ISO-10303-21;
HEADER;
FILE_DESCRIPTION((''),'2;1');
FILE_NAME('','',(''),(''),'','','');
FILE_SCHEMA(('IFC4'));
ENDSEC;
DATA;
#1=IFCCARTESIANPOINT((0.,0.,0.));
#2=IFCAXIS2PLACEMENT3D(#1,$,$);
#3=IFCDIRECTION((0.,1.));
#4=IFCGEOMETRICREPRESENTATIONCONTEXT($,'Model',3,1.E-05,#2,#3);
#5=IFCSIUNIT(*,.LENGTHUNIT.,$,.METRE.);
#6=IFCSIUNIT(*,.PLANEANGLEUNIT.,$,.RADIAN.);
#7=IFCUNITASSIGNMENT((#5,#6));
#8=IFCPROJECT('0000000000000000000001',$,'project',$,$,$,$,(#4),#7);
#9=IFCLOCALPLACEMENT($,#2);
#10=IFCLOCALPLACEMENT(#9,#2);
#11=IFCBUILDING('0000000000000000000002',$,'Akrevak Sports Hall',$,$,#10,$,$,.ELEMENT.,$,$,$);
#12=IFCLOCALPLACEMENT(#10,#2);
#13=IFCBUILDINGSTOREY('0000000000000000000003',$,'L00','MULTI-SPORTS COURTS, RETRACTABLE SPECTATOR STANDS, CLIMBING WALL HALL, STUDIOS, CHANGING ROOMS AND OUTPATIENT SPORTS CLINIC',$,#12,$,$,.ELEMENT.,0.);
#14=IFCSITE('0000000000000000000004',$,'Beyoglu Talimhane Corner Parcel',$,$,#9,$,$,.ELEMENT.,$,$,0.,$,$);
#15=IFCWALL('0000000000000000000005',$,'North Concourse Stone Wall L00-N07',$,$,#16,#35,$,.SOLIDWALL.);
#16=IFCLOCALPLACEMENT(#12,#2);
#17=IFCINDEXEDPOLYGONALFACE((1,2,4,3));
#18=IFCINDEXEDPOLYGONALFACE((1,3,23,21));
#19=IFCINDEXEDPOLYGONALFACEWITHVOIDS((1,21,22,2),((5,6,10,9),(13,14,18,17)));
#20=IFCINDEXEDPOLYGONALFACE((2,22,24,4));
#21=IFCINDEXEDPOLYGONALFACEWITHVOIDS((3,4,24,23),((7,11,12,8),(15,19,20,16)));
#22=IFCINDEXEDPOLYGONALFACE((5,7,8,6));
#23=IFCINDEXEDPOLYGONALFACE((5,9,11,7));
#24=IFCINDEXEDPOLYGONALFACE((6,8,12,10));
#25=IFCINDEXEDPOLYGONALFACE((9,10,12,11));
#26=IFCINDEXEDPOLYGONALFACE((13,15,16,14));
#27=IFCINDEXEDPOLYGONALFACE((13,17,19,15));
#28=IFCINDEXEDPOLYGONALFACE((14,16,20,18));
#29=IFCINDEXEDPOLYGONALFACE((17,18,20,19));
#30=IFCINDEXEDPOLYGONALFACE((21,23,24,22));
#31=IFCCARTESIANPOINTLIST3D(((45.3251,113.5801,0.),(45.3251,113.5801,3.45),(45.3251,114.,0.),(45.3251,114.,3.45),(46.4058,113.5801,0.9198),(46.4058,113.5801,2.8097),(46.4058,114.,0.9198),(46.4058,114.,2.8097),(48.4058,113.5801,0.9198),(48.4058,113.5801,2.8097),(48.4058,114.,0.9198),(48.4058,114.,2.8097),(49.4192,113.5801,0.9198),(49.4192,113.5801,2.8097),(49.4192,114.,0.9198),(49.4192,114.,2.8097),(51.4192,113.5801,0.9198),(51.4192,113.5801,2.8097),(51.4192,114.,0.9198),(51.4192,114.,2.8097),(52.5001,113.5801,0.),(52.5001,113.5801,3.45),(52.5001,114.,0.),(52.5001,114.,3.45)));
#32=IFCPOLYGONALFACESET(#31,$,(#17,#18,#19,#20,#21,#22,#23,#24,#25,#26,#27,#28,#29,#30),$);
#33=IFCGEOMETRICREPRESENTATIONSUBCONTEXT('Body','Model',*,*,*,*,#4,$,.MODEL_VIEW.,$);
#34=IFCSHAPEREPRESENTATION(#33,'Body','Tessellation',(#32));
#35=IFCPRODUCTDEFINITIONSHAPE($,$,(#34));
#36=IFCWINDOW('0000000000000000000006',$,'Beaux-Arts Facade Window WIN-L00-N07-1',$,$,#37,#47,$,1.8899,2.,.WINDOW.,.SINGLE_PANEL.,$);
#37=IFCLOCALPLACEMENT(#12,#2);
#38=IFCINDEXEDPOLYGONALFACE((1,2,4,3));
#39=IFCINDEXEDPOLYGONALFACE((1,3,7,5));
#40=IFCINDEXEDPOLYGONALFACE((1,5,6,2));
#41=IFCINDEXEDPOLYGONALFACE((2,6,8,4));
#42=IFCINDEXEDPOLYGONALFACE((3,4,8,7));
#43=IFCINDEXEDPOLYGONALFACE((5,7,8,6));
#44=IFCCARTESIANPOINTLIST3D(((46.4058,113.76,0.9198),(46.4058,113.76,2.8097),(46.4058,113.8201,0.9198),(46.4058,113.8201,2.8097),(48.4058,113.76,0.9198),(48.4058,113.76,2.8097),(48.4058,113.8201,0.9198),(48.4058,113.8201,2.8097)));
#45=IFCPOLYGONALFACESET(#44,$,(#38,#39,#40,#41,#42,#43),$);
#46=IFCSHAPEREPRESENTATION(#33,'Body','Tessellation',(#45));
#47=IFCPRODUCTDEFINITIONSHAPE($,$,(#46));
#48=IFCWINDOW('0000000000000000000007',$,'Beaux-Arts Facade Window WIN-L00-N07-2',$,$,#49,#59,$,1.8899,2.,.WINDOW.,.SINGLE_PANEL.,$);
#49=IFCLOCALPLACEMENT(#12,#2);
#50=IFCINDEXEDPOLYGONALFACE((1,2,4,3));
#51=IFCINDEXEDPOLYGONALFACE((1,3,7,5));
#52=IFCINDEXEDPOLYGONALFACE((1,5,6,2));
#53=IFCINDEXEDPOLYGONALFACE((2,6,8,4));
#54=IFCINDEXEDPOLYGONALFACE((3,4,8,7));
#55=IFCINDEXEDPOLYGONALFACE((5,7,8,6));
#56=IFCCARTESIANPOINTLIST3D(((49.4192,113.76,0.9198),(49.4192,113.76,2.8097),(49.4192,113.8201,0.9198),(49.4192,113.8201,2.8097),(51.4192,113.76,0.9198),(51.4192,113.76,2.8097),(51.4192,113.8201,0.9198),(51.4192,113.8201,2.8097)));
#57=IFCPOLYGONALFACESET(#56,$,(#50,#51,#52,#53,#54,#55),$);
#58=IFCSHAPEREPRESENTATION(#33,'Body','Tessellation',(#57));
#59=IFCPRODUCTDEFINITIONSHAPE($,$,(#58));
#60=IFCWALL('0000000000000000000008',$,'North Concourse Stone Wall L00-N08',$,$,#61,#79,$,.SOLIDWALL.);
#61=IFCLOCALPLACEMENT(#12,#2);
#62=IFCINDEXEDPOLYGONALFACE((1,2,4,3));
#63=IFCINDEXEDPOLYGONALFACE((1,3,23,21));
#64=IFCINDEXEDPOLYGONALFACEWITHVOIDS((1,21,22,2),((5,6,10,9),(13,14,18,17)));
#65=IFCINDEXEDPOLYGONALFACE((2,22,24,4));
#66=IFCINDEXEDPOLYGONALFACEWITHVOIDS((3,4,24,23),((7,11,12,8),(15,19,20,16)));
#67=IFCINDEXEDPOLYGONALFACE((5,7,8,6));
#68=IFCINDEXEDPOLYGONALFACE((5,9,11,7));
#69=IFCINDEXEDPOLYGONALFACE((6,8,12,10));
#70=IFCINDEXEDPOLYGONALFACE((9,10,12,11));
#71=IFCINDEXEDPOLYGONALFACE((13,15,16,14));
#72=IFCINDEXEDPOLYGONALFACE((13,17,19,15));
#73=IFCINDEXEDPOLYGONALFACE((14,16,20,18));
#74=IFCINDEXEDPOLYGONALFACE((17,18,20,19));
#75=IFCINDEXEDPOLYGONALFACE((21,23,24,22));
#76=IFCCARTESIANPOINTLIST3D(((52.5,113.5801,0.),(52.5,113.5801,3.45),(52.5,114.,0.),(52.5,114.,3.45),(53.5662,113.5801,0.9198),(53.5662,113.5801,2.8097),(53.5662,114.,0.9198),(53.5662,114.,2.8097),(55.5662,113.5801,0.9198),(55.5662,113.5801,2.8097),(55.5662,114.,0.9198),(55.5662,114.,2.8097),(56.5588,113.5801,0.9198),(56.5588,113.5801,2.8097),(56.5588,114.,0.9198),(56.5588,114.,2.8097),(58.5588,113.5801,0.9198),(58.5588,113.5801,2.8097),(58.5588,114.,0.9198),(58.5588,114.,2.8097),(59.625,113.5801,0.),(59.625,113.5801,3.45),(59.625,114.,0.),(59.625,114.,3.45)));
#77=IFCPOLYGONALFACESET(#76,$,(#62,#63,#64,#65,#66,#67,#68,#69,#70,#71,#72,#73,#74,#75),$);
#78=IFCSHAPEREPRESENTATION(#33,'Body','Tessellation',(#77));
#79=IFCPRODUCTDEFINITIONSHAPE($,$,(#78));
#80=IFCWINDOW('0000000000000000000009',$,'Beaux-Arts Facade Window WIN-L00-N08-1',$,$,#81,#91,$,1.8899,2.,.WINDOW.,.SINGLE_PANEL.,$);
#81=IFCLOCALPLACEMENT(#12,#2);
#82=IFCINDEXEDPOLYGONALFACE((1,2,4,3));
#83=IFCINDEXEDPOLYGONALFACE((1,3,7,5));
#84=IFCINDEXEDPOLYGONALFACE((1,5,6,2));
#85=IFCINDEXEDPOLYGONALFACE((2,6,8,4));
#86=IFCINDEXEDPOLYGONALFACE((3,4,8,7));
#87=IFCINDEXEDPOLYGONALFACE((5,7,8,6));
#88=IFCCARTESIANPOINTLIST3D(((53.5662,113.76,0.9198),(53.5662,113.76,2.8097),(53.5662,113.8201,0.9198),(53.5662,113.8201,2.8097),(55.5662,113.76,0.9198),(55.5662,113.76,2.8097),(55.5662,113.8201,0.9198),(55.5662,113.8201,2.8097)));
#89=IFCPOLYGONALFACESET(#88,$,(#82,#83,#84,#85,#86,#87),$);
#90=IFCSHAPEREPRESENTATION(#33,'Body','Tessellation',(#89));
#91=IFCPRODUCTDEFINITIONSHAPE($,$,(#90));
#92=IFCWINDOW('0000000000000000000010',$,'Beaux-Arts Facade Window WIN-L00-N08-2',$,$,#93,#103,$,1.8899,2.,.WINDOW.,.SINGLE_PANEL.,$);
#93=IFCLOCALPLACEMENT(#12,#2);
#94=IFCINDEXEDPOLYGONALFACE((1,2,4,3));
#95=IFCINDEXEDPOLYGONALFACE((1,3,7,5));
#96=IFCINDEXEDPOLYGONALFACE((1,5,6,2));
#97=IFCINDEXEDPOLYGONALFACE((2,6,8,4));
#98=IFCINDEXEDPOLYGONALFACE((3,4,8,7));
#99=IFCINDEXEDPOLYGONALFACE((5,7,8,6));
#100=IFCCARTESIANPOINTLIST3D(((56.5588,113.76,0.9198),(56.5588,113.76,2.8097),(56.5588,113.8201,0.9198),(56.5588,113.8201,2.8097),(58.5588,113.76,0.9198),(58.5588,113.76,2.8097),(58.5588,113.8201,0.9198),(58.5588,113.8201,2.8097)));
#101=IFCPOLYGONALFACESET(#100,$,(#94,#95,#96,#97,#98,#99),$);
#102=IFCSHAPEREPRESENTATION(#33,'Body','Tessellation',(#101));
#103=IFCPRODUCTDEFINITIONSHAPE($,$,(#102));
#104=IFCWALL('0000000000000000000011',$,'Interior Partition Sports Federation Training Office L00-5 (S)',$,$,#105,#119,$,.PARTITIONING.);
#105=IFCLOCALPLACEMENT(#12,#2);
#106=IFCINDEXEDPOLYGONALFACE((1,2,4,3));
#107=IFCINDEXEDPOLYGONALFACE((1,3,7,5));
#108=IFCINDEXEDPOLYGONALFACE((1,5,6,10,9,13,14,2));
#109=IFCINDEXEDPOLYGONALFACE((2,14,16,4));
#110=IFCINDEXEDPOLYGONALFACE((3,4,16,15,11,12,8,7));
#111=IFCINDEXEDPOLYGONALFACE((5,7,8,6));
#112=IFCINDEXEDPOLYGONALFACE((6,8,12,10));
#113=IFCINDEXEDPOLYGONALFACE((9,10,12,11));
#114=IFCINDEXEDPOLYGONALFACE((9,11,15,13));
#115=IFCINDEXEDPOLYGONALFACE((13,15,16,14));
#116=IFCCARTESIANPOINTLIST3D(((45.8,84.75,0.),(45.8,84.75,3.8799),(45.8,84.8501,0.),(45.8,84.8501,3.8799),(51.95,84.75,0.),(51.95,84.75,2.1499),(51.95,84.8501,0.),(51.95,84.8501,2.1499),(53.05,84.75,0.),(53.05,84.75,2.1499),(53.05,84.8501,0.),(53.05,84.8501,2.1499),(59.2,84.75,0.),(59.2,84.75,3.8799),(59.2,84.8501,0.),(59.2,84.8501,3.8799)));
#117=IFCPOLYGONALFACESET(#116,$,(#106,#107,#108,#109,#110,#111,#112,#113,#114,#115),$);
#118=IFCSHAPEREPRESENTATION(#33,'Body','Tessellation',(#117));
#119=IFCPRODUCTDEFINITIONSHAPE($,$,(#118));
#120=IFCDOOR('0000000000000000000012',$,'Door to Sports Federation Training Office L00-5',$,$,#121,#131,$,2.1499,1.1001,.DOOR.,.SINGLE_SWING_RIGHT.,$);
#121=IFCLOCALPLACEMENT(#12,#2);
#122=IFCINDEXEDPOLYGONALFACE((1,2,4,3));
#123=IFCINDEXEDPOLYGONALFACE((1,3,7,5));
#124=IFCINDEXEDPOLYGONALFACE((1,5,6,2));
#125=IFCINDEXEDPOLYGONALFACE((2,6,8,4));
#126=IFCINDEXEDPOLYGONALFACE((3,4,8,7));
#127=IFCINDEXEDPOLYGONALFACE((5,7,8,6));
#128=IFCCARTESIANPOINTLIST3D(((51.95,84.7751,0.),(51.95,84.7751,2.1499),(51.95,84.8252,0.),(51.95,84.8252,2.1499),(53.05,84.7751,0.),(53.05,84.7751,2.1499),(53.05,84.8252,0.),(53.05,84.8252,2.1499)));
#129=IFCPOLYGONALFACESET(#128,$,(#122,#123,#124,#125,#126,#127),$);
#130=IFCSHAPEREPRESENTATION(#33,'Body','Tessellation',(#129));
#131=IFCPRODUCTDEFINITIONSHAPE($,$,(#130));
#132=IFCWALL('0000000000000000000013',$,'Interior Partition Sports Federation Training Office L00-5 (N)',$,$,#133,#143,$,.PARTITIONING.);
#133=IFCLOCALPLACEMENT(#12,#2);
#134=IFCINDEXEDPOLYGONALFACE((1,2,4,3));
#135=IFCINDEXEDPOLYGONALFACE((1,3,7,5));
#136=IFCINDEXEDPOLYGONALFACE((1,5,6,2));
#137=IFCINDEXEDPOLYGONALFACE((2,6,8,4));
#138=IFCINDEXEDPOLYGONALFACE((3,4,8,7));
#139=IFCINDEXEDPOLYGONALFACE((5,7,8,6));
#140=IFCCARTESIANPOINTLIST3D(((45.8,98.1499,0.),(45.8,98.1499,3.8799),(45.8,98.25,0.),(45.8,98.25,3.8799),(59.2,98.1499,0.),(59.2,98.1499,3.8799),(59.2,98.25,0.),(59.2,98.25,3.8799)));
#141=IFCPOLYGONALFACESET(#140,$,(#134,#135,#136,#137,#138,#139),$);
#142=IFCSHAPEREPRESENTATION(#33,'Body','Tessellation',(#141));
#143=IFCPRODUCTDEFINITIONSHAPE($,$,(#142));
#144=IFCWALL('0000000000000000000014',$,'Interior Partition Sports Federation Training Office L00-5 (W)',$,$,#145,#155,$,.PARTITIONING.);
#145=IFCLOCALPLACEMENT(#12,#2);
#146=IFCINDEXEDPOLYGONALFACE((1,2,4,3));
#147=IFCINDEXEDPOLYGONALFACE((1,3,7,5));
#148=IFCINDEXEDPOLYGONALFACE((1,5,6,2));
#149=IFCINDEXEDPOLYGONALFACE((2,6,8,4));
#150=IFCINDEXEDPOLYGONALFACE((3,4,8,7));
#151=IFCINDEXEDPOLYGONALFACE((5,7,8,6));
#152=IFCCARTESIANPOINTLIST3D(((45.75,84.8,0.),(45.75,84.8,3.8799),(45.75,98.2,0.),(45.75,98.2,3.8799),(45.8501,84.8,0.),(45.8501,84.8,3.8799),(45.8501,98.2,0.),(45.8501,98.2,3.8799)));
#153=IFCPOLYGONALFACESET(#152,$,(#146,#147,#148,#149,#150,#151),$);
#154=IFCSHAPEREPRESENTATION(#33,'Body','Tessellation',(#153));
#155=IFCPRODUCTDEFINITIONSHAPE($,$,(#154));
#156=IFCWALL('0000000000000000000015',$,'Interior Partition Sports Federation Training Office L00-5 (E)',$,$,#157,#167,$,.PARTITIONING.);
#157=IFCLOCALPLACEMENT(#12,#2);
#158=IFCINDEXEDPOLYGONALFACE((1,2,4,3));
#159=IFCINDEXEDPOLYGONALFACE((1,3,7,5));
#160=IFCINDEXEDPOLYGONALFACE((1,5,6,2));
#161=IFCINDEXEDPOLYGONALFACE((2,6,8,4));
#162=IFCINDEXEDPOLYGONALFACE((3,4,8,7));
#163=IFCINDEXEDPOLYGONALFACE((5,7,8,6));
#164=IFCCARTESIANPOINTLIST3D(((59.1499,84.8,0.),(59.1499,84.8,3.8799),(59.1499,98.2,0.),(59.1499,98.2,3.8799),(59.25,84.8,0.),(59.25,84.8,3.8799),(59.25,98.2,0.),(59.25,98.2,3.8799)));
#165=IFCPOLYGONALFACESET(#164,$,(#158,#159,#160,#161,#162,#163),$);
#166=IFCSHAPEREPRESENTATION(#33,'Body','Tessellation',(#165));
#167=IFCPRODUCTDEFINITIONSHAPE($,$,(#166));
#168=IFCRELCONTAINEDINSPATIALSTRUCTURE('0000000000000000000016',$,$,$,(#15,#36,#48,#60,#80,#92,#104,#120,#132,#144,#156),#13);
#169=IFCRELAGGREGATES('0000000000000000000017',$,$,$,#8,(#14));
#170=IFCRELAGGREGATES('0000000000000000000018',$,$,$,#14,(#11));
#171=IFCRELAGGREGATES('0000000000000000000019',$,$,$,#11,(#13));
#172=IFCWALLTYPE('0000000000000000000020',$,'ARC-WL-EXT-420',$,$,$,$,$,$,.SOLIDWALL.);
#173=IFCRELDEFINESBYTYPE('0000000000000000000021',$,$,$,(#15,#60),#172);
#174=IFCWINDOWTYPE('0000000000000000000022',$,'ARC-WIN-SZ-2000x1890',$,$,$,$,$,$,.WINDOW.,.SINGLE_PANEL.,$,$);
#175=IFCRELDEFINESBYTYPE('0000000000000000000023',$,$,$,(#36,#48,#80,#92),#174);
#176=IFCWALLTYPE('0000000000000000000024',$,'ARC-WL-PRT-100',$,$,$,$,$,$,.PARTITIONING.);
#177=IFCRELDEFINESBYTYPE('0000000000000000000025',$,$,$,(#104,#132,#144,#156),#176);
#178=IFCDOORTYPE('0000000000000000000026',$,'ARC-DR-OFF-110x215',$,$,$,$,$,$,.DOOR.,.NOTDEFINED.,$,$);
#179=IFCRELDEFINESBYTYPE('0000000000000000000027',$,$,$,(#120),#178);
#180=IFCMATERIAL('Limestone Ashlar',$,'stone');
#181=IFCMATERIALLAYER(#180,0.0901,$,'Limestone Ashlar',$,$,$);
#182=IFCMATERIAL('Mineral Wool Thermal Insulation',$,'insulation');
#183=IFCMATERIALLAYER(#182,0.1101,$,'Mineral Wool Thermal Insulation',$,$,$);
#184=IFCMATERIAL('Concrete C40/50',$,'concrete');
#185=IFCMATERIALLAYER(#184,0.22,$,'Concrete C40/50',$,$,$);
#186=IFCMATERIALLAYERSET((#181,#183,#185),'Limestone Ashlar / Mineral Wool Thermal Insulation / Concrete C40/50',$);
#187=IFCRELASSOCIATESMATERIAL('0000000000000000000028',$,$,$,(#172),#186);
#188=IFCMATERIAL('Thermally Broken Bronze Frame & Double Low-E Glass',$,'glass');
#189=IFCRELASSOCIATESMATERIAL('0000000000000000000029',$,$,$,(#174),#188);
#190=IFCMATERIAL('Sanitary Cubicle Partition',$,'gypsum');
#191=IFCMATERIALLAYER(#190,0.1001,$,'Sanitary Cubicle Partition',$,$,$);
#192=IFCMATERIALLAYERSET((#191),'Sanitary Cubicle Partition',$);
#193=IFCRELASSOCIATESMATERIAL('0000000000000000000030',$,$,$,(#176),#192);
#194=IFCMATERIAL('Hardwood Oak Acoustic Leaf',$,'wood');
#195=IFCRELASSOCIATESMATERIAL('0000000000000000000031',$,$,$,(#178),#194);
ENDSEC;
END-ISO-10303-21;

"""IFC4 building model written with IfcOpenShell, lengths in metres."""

from ifc_helpers import new_model, si_unit, direction, frame, frame_2d, origin, place, context, subcontext, project, spatial, rectangle, extrude, material, layer, layer_set, type_object, element, fill, save


model = new_model("IFC4")

# Units and contexts
model_context = context("Model", 3, precision=1e-05, world=origin(), true_north=direction((0.0, 1.0)))
body_context = subcontext(model_context, "Body", "Model", "MODEL_VIEW")
ifc_project = project(units=[si_unit("LENGTHUNIT", "METRE"), si_unit("PLANEANGLEUNIT", "RADIAN")], contexts=[model_context])

# Site, building, storey
site_placement = place(None, origin())
site = spatial("IfcSite", under=ifc_project, at=site_placement, Name="Beyoglu Talimhane Corner Parcel", CompositionType="ELEMENT", RefElevation=0.0)
building_placement = place(site_placement, origin())
building = spatial("IfcBuilding", under=site, at=building_placement, Name="Akrevak Sports Hall", CompositionType="ELEMENT")
storey_placement = place(building_placement, origin())
storey = spatial("IfcBuildingStorey", under=building, at=storey_placement, Name="L00", Description="MULTI-SPORTS COURTS, RETRACTABLE SPECTATOR STANDS, CLIMBING WALL HALL, STUDIOS, CHANGING ROOMS AND OUTPATIENT SPORTS CLINIC", CompositionType="ELEMENT", Elevation=0.0)

# Shared definitions
ifc_material_1 = material(Name="Concrete C40/50", Category="concrete")

# Walls, openings, windows
ifc_material_2 = material(Name="Limestone Ashlar", Category="stone")
ifc_layer_1 = layer(ifc_material_2, 0.0901, Name="Limestone Ashlar")
ifc_material_3 = material(Name="Mineral Wool Thermal Insulation", Category="insulation")
ifc_layer_2 = layer(ifc_material_3, 0.1101, Name="Mineral Wool Thermal Insulation")
ifc_layer_3 = layer(ifc_material_1, 0.22, Name="Concrete C40/50")
ifc_layer_set_1 = layer_set([ifc_layer_1, ifc_layer_2, ifc_layer_3], Name="Limestone Ashlar / Mineral Wool Thermal Insulation / Concrete C40/50")
wall_type_1 = type_object("IfcWallType", Name="ARC-WL-EXT-420", PredefinedType="SOLIDWALL", material=ifc_layer_set_1)
ifc_material_4 = material(Name="Thermally Broken Bronze Frame & Double Low-E Glass", Category="glass")
window_type = type_object("IfcWindowType", Name="ARC-WIN-SZ-2000x1890", PartitioningType="SINGLE_PANEL", PredefinedType="WINDOW", material=ifc_material_4)
wall_1_placement = place(storey_placement, frame((52.5, 113.79, 0.0), z_axis=(0.0, 0.0, 1.0), x_axis=(-1.0, 0.0, 0.0)))
wall_1 = element("IfcWall", 1, at=wall_1_placement, inside=storey, type_object=wall_type_1, Name="North Concourse Stone Wall L00-N07", PredefinedType="SOLIDWALL", context=body_context, shape_type="SweptSolid", body=[
    extrude(rectangle(XDim=7.175, YDim=0.4199, at=frame_2d((3.5874, 0.0))), origin(), (0.0, 0.0, 1.0), 3.45),
])
opening_1_placement = place(wall_1_placement, frame((4.0942, 0.0, 0.9199)))
opening_1 = element("IfcOpeningElement", 2, at=opening_1_placement, cuts=wall_1, PredefinedType="OPENING", context=body_context, shape_type="SweptSolid", body=[
    extrude(rectangle(XDim=2.0, YDim=1.8899, at=frame_2d((1.0, 0.9448))), frame((0.0, 0.2219, 0.0), z_axis=(0.0, -1.0, 0.0), x_axis=(1.0, 0.0, 0.0)), (0.0, 0.0, 1.0), 0.4438),
])
opening_2_placement = place(wall_1_placement, frame((1.0808, 0.0, 0.9199)))
opening_2 = element("IfcOpeningElement", 3, at=opening_2_placement, cuts=wall_1, PredefinedType="OPENING", context=body_context, shape_type="SweptSolid", body=[
    extrude(rectangle(XDim=2.0, YDim=1.8899, at=frame_2d((1.0, 0.9448))), frame((0.0, 0.2219, 0.0), z_axis=(0.0, -1.0, 0.0), x_axis=(1.0, 0.0, 0.0)), (0.0, 0.0, 1.0), 0.4438),
])
window_1_placement = place(opening_1_placement, origin())
window_1 = element("IfcWindow", 4, at=window_1_placement, inside=storey, type_object=window_type, Name="Beaux-Arts Facade Window WIN-L00-N07-1", OverallHeight=1.8899, OverallWidth=2.0, PartitioningType="SINGLE_PANEL", PredefinedType="WINDOW", context=body_context, shape_type="SweptSolid", body=[
    extrude(rectangle(XDim=2.0, YDim=1.8899, at=frame_2d((1.0, 0.9448))), frame((0.0, 0.03, 0.0), z_axis=(0.0, -1.0, 0.0), x_axis=(1.0, 0.0, 0.0)), (0.0, 0.0, 1.0), 0.0601),
])
fill(opening_1, window_1)
window_2_placement = place(opening_2_placement, origin())
window_2 = element("IfcWindow", 5, at=window_2_placement, inside=storey, type_object=window_type, Name="Beaux-Arts Facade Window WIN-L00-N07-2", OverallHeight=1.8899, OverallWidth=2.0, PartitioningType="SINGLE_PANEL", PredefinedType="WINDOW", context=body_context, shape_type="SweptSolid", body=[
    extrude(rectangle(XDim=2.0, YDim=1.8899, at=frame_2d((1.0, 0.9448))), frame((0.0, 0.03, 0.0), z_axis=(0.0, -1.0, 0.0), x_axis=(1.0, 0.0, 0.0)), (0.0, 0.0, 1.0), 0.0601),
])
fill(opening_2, window_2)
wall_2_placement = place(storey_placement, frame((59.625, 113.79, 0.0), z_axis=(0.0, 0.0, 1.0), x_axis=(-1.0, 0.0, 0.0)))
wall_2 = element("IfcWall", 6, at=wall_2_placement, inside=storey, type_object=wall_type_1, Name="North Concourse Stone Wall L00-N08", PredefinedType="SOLIDWALL", context=body_context, shape_type="SweptSolid", body=[
    extrude(rectangle(XDim=7.125, YDim=0.4199, at=frame_2d((3.5625, 0.0))), origin(), (0.0, 0.0, 1.0), 3.45),
])
opening_3_placement = place(wall_2_placement, frame((4.0588, 0.0, 0.9199)))
opening_3 = element("IfcOpeningElement", 7, at=opening_3_placement, cuts=wall_2, PredefinedType="OPENING", context=body_context, shape_type="SweptSolid", body=[
    extrude(rectangle(XDim=2.0, YDim=1.8899, at=frame_2d((1.0, 0.9448))), frame((0.0, 0.2219, 0.0), z_axis=(0.0, -1.0, 0.0), x_axis=(1.0, 0.0, 0.0)), (0.0, 0.0, 1.0), 0.4438),
])
opening_4_placement = place(wall_2_placement, frame((1.0662, 0.0, 0.9199)))
opening_4 = element("IfcOpeningElement", 8, at=opening_4_placement, cuts=wall_2, PredefinedType="OPENING", context=body_context, shape_type="SweptSolid", body=[
    extrude(rectangle(XDim=2.0, YDim=1.8899, at=frame_2d((1.0, 0.9448))), frame((0.0, 0.2219, 0.0), z_axis=(0.0, -1.0, 0.0), x_axis=(1.0, 0.0, 0.0)), (0.0, 0.0, 1.0), 0.4438),
])
window_3_placement = place(opening_3_placement, origin())
window_3 = element("IfcWindow", 9, at=window_3_placement, inside=storey, type_object=window_type, Name="Beaux-Arts Facade Window WIN-L00-N08-1", OverallHeight=1.8899, OverallWidth=2.0, PartitioningType="SINGLE_PANEL", PredefinedType="WINDOW", context=body_context, shape_type="SweptSolid", body=[
    extrude(rectangle(XDim=2.0, YDim=1.8899, at=frame_2d((1.0, 0.9448))), frame((0.0, 0.03, 0.0), z_axis=(0.0, -1.0, 0.0), x_axis=(1.0, 0.0, 0.0)), (0.0, 0.0, 1.0), 0.0601),
])
fill(opening_3, window_3)
window_4_placement = place(opening_4_placement, origin())
window_4 = element("IfcWindow", 10, at=window_4_placement, inside=storey, type_object=window_type, Name="Beaux-Arts Facade Window WIN-L00-N08-2", OverallHeight=1.8899, OverallWidth=2.0, PartitioningType="SINGLE_PANEL", PredefinedType="WINDOW", context=body_context, shape_type="SweptSolid", body=[
    extrude(rectangle(XDim=2.0, YDim=1.8899, at=frame_2d((1.0, 0.9448))), frame((0.0, 0.03, 0.0), z_axis=(0.0, -1.0, 0.0), x_axis=(1.0, 0.0, 0.0)), (0.0, 0.0, 1.0), 0.0601),
])
fill(opening_4, window_4)

# Wall, opening, door
ifc_material_5 = material(Name="Sanitary Cubicle Partition", Category="gypsum")
ifc_layer_4 = layer(ifc_material_5, 0.1001, Name="Sanitary Cubicle Partition")
ifc_layer_set_2 = layer_set([ifc_layer_4], Name="Sanitary Cubicle Partition")
wall_type_2 = type_object("IfcWallType", Name="ARC-WL-PRT-100", PredefinedType="PARTITIONING", material=ifc_layer_set_2)
wall_3_placement = place(storey_placement, frame((45.8, 84.8, 0.0), z_axis=(0.0, 0.0, 1.0), x_axis=(1.0, 0.0, 0.0)))
wall_3 = element("IfcWall", 11, at=wall_3_placement, inside=storey, type_object=wall_type_2, Name="Interior Partition Sports Federation Training Office L00-5 (S)", PredefinedType="PARTITIONING", context=body_context, shape_type="SweptSolid", body=[
    extrude(rectangle(XDim=13.3999, YDim=0.1001, at=frame_2d((6.7, 0.0))), origin(), (0.0, 0.0, 1.0), 3.8799),
])
opening_5_placement = place(wall_3_placement, frame((6.1499, 0.0, 0.0)))
opening_5 = element("IfcOpeningElement", 12, at=opening_5_placement, cuts=wall_3, PredefinedType="OPENING", context=body_context, shape_type="SweptSolid", body=[
    extrude(rectangle(XDim=1.1001, YDim=2.1499, at=frame_2d((0.55, 1.075))), frame((0.0, 0.062, 0.0), z_axis=(0.0, -1.0, 0.0), x_axis=(1.0, 0.0, 0.0)), (0.0, 0.0, 1.0), 0.124),
])
ifc_material_6 = material(Name="Hardwood Oak Acoustic Leaf", Category="wood")
door_type_1 = type_object("IfcDoorType", Name="ARC-DR-OFF-110x215", OperationType="NOTDEFINED", PredefinedType="DOOR", material=ifc_material_6)
door_1_placement = place(opening_5_placement, frame((1.1001, 0.0, 0.0), z_axis=(0.0, 0.0, 1.0), x_axis=(-1.0, 0.0, 0.0)))
door_1 = element("IfcDoor", 13, at=door_1_placement, inside=storey, type_object=door_type_1, Name="Door to Sports Federation Training Office L00-5", OperationType="SINGLE_SWING_RIGHT", OverallHeight=2.1499, OverallWidth=1.1001, PredefinedType="DOOR", context=body_context, shape_type="SweptSolid", body=[
    extrude(rectangle(XDim=1.1001, YDim=2.1499, at=frame_2d((0.55, 1.075))), frame((0.0, 0.0249, 0.0), z_axis=(0.0, -1.0, 0.0), x_axis=(1.0, 0.0, 0.0)), (0.0, 0.0, 1.0), 0.05),
])
fill(opening_5, door_1)

# Walls
for number, where, z_axis, x_axis, name in (
    (14, (45.8, 98.2, 0.0), (0.0, 0.0, 1.0), (1.0, 0.0, 0.0), "Interior Partition Sports Federation Training Office L00-5 (N)"),
    (15, (45.8, 84.8, 0.0), (0.0, 0.0, 1.0), (0.0, 1.0, 0.0), "Interior Partition Sports Federation Training Office L00-5 (W)"),
    (16, (59.2, 84.8, 0.0), (0.0, 0.0, 1.0), (0.0, 1.0, 0.0), "Interior Partition Sports Federation Training Office L00-5 (E)"),
):
    element("IfcWall", number, at=place(storey_placement, frame(where, z_axis=z_axis, x_axis=x_axis)), inside=storey, type_object=wall_type_2, Name=name, PredefinedType="PARTITIONING", context=body_context, shape_type="SweptSolid", body=[
        extrude(rectangle(XDim=13.3999, YDim=0.1001, at=frame_2d((6.7, 0.0))), origin(), (0.0, 0.0, 1.0), 3.8799),
    ])

save(model, "model.ifc")
